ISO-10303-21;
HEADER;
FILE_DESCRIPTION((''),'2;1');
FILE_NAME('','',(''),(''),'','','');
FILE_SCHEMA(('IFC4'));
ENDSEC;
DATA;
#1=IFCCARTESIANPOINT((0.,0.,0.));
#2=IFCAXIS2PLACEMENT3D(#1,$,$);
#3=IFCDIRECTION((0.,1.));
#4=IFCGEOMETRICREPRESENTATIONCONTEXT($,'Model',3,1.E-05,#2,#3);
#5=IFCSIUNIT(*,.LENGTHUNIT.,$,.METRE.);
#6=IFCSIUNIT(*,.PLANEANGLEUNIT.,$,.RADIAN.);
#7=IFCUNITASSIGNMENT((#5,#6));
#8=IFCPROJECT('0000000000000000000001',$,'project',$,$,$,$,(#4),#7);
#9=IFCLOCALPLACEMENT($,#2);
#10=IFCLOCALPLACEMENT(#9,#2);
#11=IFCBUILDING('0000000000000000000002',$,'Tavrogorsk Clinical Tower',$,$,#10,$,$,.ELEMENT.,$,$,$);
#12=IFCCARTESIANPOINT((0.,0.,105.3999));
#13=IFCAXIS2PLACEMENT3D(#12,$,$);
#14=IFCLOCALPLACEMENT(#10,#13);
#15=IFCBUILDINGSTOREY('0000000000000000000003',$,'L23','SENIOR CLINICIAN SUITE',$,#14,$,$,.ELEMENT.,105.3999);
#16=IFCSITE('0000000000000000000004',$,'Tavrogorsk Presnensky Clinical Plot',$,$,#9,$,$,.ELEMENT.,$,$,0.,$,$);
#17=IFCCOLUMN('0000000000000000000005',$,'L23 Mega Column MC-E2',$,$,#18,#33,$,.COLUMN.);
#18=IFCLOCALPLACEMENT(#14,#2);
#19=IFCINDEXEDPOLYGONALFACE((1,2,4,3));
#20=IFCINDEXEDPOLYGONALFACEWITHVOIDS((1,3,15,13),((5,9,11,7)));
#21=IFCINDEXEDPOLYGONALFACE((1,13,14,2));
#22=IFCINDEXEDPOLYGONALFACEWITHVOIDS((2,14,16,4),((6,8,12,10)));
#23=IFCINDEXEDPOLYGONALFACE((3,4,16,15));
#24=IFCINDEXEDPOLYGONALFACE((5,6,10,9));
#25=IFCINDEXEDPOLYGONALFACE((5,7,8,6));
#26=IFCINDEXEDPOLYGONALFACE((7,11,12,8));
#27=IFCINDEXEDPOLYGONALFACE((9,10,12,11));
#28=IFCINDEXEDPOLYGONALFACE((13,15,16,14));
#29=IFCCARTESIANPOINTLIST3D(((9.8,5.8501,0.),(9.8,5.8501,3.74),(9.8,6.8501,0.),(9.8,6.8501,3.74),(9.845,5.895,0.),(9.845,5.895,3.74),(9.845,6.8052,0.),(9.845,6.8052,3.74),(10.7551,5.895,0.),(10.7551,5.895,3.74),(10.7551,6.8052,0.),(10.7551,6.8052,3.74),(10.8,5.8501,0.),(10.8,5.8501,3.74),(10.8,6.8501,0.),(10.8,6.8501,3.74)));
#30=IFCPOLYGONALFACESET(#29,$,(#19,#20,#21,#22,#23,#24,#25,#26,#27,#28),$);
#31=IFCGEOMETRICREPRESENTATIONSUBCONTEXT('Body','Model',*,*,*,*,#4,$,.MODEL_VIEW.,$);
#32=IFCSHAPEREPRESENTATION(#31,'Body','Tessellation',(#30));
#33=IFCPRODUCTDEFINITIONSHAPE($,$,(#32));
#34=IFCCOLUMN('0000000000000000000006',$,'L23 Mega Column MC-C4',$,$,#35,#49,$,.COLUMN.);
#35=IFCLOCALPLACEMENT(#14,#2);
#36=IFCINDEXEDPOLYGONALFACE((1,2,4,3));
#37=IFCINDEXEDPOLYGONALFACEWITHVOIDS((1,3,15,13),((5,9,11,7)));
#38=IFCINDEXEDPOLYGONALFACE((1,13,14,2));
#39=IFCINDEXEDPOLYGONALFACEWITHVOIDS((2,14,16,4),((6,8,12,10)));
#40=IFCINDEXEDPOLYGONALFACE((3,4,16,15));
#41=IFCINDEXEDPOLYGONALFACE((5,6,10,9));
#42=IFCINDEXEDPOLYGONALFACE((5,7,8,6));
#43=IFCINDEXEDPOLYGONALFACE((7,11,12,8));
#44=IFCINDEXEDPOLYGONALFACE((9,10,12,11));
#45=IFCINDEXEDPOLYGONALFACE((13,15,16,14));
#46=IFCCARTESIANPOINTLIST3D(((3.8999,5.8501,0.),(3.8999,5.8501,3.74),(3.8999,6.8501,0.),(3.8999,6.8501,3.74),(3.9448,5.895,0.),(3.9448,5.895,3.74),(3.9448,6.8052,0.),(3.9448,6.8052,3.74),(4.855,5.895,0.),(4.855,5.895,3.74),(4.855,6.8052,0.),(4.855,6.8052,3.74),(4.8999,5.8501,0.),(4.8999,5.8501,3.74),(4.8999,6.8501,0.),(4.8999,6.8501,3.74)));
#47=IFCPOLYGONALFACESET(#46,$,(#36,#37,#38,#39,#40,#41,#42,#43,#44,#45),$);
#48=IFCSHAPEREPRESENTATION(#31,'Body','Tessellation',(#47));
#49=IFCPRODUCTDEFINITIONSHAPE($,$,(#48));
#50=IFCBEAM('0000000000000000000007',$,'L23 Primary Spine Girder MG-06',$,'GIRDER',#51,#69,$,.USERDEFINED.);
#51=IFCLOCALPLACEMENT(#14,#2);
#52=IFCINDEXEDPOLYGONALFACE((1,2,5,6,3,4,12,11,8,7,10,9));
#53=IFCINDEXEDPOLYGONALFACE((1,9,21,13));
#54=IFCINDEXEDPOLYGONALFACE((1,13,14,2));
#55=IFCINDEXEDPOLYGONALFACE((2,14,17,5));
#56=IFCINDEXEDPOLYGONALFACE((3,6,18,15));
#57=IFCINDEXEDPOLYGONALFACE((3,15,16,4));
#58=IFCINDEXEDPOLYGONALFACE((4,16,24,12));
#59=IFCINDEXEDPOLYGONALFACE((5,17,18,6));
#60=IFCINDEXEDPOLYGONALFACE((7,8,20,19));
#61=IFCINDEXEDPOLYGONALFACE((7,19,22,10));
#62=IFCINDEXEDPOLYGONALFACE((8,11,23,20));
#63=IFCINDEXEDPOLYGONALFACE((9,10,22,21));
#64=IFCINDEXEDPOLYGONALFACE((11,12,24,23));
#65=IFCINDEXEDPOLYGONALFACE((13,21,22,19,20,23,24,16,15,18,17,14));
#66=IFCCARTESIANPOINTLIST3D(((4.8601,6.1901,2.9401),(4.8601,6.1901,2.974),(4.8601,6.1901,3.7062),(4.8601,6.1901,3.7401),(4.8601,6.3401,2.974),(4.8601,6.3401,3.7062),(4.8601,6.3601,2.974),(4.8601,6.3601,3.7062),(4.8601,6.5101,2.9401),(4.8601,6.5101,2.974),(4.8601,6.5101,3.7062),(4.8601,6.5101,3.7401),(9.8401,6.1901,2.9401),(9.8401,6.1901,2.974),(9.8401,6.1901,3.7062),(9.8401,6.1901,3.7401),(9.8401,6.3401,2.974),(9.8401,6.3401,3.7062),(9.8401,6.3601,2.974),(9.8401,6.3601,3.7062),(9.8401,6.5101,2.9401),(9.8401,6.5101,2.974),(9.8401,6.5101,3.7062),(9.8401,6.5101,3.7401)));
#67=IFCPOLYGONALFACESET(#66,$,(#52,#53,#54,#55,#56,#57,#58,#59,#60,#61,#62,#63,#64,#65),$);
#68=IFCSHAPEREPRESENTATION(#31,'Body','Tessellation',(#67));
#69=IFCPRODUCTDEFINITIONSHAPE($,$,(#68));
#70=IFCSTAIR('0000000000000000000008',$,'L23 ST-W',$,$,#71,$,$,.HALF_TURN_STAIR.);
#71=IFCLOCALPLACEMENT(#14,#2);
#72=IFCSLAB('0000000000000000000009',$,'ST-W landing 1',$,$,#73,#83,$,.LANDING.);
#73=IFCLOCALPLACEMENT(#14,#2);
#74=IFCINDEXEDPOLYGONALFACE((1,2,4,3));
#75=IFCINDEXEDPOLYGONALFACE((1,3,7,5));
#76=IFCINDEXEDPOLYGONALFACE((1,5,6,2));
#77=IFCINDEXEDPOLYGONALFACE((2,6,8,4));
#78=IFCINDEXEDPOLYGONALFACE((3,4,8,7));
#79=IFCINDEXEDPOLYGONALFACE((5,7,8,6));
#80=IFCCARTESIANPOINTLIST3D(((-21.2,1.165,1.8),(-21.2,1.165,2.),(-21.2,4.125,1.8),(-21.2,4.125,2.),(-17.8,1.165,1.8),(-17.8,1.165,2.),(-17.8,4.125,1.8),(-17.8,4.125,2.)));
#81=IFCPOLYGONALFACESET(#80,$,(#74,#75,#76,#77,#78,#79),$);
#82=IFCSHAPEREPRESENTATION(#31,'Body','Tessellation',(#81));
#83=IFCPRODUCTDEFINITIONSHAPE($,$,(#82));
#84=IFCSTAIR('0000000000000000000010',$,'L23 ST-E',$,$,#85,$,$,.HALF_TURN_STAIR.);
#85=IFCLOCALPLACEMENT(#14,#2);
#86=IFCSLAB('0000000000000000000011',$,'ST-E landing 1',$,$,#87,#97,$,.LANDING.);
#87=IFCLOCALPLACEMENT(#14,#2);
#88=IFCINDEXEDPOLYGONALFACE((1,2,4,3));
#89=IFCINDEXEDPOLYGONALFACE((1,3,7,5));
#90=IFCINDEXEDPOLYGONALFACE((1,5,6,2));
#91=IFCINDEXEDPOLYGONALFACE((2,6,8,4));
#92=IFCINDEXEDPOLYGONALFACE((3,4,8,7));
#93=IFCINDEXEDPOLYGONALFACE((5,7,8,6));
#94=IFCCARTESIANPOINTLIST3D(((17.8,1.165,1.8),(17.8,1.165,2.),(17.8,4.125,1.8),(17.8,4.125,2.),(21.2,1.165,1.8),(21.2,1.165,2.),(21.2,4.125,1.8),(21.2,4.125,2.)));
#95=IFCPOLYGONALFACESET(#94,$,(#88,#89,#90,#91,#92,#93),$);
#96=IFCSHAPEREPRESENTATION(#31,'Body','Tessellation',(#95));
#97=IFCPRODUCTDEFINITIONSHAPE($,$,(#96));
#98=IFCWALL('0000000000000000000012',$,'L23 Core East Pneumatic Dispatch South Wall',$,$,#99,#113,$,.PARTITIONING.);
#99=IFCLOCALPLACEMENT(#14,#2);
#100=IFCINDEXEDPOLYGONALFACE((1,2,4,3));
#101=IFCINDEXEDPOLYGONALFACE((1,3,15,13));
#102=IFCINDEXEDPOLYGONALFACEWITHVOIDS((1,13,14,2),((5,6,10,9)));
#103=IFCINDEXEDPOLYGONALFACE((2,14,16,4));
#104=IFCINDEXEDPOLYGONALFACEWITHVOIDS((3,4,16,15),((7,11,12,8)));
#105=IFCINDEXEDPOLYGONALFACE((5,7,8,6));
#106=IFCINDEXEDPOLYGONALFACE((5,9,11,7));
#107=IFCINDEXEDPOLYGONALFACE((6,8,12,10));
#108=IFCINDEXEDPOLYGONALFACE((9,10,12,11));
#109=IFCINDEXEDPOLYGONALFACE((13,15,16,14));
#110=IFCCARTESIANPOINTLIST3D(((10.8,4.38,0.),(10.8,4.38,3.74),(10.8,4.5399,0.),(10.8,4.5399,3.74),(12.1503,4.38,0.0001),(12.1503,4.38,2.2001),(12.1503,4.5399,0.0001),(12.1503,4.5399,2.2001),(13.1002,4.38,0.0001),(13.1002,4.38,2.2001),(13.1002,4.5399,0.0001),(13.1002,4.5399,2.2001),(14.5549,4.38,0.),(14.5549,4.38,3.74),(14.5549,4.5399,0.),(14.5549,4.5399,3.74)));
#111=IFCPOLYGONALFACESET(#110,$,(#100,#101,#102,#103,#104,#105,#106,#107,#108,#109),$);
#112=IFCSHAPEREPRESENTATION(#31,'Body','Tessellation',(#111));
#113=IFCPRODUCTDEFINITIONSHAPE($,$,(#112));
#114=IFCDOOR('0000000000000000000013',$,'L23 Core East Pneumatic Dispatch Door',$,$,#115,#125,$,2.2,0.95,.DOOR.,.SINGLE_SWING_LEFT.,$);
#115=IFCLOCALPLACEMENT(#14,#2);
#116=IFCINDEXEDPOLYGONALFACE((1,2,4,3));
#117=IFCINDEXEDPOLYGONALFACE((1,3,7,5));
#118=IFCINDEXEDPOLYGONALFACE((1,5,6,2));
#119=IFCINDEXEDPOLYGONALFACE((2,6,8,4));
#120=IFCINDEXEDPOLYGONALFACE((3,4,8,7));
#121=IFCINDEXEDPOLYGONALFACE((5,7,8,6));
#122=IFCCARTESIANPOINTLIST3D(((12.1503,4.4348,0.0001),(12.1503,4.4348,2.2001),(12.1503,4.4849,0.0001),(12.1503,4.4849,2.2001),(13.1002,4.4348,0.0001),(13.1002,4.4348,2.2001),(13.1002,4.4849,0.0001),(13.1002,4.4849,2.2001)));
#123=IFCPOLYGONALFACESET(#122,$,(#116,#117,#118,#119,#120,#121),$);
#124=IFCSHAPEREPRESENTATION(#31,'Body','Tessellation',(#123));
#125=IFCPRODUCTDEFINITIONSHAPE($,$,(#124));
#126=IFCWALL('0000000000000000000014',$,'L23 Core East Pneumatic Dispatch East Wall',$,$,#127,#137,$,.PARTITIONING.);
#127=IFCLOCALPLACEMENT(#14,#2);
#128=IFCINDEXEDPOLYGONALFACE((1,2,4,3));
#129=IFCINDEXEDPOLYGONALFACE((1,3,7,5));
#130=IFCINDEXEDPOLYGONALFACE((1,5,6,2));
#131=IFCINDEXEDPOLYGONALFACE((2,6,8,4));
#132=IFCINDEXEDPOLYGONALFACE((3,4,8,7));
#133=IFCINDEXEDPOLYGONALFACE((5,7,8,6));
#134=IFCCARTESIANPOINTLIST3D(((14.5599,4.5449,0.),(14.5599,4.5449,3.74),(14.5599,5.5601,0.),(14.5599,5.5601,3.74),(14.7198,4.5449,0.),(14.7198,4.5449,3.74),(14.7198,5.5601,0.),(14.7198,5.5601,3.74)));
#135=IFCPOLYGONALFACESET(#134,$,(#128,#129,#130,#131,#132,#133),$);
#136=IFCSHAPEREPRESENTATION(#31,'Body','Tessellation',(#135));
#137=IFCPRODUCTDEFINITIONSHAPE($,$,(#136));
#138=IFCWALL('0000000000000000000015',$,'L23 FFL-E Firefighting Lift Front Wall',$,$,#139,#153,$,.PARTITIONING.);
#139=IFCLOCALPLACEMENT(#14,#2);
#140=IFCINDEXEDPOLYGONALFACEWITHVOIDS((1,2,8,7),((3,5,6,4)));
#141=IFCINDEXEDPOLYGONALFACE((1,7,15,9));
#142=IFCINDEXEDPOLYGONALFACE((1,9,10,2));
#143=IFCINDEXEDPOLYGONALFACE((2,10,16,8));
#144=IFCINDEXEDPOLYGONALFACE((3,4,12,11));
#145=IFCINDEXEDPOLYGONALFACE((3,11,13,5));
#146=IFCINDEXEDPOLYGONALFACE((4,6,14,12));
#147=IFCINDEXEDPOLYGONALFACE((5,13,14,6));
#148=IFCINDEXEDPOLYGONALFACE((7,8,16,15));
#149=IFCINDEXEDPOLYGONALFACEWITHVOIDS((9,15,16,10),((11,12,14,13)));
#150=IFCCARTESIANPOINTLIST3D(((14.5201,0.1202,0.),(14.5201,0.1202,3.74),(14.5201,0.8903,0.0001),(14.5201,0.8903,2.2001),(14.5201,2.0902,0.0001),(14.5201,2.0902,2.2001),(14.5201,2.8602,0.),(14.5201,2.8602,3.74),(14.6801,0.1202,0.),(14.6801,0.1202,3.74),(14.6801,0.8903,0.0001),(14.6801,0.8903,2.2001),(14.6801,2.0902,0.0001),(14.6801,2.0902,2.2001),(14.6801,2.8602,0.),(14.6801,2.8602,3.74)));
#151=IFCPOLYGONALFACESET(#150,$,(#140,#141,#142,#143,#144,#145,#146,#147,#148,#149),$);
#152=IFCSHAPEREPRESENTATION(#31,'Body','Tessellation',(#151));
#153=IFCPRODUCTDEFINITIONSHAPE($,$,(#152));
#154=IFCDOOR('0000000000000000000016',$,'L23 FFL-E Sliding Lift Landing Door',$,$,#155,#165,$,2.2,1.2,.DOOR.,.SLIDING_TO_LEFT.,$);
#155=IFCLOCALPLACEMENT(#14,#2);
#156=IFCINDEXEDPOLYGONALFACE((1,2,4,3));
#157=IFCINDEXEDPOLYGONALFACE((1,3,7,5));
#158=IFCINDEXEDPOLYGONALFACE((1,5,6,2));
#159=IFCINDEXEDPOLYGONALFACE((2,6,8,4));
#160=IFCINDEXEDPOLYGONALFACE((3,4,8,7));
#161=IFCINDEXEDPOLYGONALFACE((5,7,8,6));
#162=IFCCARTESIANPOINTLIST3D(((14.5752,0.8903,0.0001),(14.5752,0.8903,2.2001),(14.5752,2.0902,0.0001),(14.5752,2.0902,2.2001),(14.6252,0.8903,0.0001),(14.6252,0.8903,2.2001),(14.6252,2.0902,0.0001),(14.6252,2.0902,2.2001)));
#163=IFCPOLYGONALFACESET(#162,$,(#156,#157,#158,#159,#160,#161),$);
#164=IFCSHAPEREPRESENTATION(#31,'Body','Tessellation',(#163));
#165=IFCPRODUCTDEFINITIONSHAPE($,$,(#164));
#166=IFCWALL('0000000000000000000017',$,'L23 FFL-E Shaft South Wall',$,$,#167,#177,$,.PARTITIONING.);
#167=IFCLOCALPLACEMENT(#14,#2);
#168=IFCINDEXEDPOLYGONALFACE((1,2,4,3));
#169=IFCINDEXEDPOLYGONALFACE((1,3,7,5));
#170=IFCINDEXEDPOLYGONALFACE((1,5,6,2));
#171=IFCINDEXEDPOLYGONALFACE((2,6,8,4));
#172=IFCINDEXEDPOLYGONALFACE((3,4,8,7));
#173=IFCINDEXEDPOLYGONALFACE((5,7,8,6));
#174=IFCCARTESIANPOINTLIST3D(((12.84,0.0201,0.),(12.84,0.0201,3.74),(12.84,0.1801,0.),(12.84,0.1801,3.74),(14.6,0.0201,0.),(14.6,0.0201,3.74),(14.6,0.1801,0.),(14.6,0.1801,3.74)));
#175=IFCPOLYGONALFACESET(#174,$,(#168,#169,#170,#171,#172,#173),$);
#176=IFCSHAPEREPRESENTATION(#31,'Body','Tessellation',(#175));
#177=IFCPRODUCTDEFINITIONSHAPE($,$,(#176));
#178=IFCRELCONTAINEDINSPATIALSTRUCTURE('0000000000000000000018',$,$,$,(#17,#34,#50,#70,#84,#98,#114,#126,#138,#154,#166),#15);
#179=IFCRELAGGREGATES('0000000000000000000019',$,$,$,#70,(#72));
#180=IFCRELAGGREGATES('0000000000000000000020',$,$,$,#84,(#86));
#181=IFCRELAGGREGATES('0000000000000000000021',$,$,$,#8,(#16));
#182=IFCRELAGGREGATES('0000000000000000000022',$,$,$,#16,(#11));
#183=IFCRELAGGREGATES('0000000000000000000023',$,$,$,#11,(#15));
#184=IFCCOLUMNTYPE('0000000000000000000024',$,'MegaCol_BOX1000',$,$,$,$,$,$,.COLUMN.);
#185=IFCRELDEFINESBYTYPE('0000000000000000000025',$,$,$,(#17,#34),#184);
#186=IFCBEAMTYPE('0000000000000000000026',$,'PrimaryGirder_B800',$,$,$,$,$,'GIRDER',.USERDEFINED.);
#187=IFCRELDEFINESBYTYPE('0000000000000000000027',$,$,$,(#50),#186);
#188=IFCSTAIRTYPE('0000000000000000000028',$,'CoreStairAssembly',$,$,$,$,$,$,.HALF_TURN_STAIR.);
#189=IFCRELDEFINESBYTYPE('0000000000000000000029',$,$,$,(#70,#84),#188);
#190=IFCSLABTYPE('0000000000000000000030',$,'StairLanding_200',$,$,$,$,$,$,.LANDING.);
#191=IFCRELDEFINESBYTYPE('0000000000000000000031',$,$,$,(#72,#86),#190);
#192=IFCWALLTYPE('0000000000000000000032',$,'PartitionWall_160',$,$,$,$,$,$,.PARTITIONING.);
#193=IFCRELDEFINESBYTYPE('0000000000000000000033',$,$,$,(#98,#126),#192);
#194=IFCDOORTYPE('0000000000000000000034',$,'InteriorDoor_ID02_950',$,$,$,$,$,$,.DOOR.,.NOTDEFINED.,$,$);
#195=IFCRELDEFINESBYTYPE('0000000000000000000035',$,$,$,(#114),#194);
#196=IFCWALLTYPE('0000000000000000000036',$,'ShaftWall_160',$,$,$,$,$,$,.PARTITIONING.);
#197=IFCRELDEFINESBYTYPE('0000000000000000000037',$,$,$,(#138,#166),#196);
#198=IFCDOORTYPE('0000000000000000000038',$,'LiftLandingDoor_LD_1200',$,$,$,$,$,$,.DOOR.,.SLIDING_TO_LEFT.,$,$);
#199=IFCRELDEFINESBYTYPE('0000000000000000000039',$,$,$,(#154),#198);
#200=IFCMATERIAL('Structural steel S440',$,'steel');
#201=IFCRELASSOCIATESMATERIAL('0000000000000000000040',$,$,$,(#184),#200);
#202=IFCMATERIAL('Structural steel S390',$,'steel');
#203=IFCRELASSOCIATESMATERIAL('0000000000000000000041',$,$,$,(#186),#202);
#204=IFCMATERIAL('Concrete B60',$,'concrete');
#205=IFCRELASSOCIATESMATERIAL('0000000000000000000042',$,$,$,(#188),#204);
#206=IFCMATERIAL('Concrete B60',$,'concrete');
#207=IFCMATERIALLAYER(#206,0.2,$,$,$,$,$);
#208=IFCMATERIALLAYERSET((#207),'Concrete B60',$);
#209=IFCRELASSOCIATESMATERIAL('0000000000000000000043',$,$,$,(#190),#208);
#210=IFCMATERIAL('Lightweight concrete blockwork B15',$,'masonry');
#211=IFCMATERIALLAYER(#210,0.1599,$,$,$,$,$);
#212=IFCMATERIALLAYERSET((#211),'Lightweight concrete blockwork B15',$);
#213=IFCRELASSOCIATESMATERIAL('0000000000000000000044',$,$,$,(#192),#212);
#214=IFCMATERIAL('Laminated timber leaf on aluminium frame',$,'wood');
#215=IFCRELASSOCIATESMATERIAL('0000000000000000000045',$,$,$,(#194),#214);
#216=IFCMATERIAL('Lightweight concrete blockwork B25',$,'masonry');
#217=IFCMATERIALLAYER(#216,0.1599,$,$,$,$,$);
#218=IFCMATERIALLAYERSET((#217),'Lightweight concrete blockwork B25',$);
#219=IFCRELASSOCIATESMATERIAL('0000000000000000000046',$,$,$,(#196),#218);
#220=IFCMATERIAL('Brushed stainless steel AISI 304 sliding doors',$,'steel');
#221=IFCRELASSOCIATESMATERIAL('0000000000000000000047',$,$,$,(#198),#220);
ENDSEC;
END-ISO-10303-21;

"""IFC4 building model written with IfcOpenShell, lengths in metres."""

from ifc_helpers import new_model, si_unit, direction, frame, frame_2d, origin, origin_2d, place, context, subcontext, project, spatial, polyline, rectangle, hollow_rectangle, i_section, outline, extrude, material, layer, layer_set, material_profile, profile_set, type_object, element, fill, aggregate, save


model = new_model("IFC4")

# Units and contexts
model_context = context("Model", 3, precision=1e-05, world=origin(), true_north=direction((0.0, 1.0)))
body_context = subcontext(model_context, "Body", "Model", "MODEL_VIEW")
ifc_project = project(units=[si_unit("LENGTHUNIT", "METRE"), si_unit("PLANEANGLEUNIT", "RADIAN")], contexts=[model_context])

# Site, building, storey
site_placement = place(None, origin())
site = spatial("IfcSite", under=ifc_project, at=site_placement, Name="Tavrogorsk Presnensky Clinical Plot", CompositionType="ELEMENT", RefElevation=0.0)
building_placement = place(site_placement, origin())
building = spatial("IfcBuilding", under=site, at=building_placement, Name="Tavrogorsk Clinical Tower", CompositionType="ELEMENT")
storey_placement = place(building_placement, frame((0.0, 0.0, 105.3999)))
storey = spatial("IfcBuildingStorey", under=building, at=storey_placement, Name="L23", Description="SENIOR CLINICIAN SUITE", CompositionType="ELEMENT", Elevation=105.3999)

# Columns
ifc_material_1 = material(Name="Structural steel S440", Category="steel")
ifc_material_profile_1 = material_profile(ifc_material_1, hollow_rectangle(XDim=1.0, YDim=1.0, WallThickness=0.0449, at=origin_2d()), Name="BOX-1000x1000x45")
ifc_profile_set_1 = profile_set([ifc_material_profile_1], Name="Structural steel S440")
column_type = type_object("IfcColumnType", Name="MegaCol_BOX1000", PredefinedType="COLUMN", material=ifc_profile_set_1)
for number, where, z_axis, x_axis, name in (
    (1, (10.3, 6.3501, 0.0), (0.0, 0.0, 1.0), (1.0, 0.0, 0.0), "L23 Mega Column MC-E2"),
    (2, (4.3999, 6.3501, 0.0), (0.0, 0.0, 1.0), (1.0, 0.0, 0.0), "L23 Mega Column MC-C4"),
):
    element("IfcColumn", number, at=place(storey_placement, frame(where, z_axis=z_axis, x_axis=x_axis)), inside=storey, type_object=column_type, Name=name, PredefinedType="COLUMN", context=body_context, shape_type="SweptSolid", body=[
        extrude(hollow_rectangle(XDim=1.0, YDim=1.0, WallThickness=0.0449, at=origin_2d()), origin(), (0.0, 0.0, 1.0), 3.74),
    ])

# Beam
ifc_material_2 = material(Name="Structural steel S390", Category="steel")
ifc_material_profile_2 = material_profile(ifc_material_2, i_section(OverallWidth=0.3201, OverallDepth=0.8, WebThickness=0.02, FlangeThickness=0.0339, at=origin_2d()), Name="B-800x320x20x34")
ifc_profile_set_2 = profile_set([ifc_material_profile_2], Name="Structural steel S390")
beam_type = type_object("IfcBeamType", Name="PrimaryGirder_B800", ElementType="GIRDER", PredefinedType="USERDEFINED", material=ifc_profile_set_2)
beam_placement = place(storey_placement, frame((4.8601, 6.3501, 3.3401), z_axis=(1.0, 0.0, 0.0), x_axis=(0.0, 1.0, 0.0)))
element("IfcBeam", 3, at=beam_placement, inside=storey, type_object=beam_type, Name="L23 Primary Spine Girder MG-06", ObjectType="GIRDER", PredefinedType="USERDEFINED", context=body_context, shape_type="SweptSolid", body=[
    extrude(i_section(OverallWidth=0.3201, OverallDepth=0.8, WebThickness=0.02, FlangeThickness=0.0339, at=origin_2d()), origin(), (0.0, 0.0, 1.0), 4.98),
])

# Stairs, slabs
ifc_material_3 = material(Name="Concrete B60", Category="concrete")
stair_type = type_object("IfcStairType", Name="CoreStairAssembly", PredefinedType="HALF_TURN_STAIR", material=ifc_material_3)
stair_1_placement = place(storey_placement, origin())
stair_1 = element("IfcStair", 4, at=stair_1_placement, inside=storey, type_object=stair_type, Name="L23 ST-W", PredefinedType="HALF_TURN_STAIR")
ifc_material_4 = material(Name="Concrete B60", Category="concrete")
ifc_layer_1 = layer(ifc_material_4, 0.2)
ifc_layer_set_1 = layer_set([ifc_layer_1], Name="Concrete B60")
slab_type = type_object("IfcSlabType", Name="StairLanding_200", PredefinedType="LANDING", material=ifc_layer_set_1)
slab_1_placement = place(storey_placement, frame((0.0, 0.0, 1.8)))
slab_1 = element("IfcSlab", 5, at=slab_1_placement, type_object=slab_type, Name="ST-W landing 1", PredefinedType="LANDING", context=body_context, shape_type="SweptSolid", body=[
    extrude(outline(polyline([(-17.8, 1.165), (-17.8, 4.125), (-21.2, 4.125), (-21.2, 1.165), (-17.8, 1.165)])), origin(), (0.0, 0.0, 1.0), 0.2),
])
aggregate(stair_1, [slab_1])
stair_2_placement = place(storey_placement, origin())
stair_2 = element("IfcStair", 6, at=stair_2_placement, inside=storey, type_object=stair_type, Name="L23 ST-E", PredefinedType="HALF_TURN_STAIR")
slab_2_placement = place(storey_placement, frame((0.0, 0.0, 1.8)))
slab_2 = element("IfcSlab", 7, at=slab_2_placement, type_object=slab_type, Name="ST-E landing 1", PredefinedType="LANDING", context=body_context, shape_type="SweptSolid", body=[
    extrude(outline(polyline([(21.2, 1.165), (21.2, 4.125), (17.8, 4.125), (17.8, 1.165), (21.2, 1.165)])), origin(), (0.0, 0.0, 1.0), 0.2),
])
aggregate(stair_2, [slab_2])

# Wall, opening, door
ifc_material_5 = material(Name="Lightweight concrete blockwork B15", Category="masonry")
ifc_layer_2 = layer(ifc_material_5, 0.1599)
ifc_layer_set_2 = layer_set([ifc_layer_2], Name="Lightweight concrete blockwork B15")
wall_type_1 = type_object("IfcWallType", Name="PartitionWall_160", PredefinedType="PARTITIONING", material=ifc_layer_set_2)
wall_1_placement = place(storey_placement, frame((10.8, 4.46, 0.0), z_axis=(0.0, 0.0, 1.0), x_axis=(1.0, 0.0, 0.0)))
wall_1 = element("IfcWall", 8, at=wall_1_placement, inside=storey, type_object=wall_type_1, Name="L23 Core East Pneumatic Dispatch South Wall", PredefinedType="PARTITIONING", context=body_context, shape_type="SweptSolid", body=[
    extrude(rectangle(XDim=3.7549, YDim=0.1599, at=frame_2d((1.8774, 0.0))), origin(), (0.0, 0.0, 1.0), 3.74),
])
opening_1_placement = place(wall_1_placement, frame((1.3501, 0.0, 0.0)))
opening_1 = element("IfcOpeningElement", 9, at=opening_1_placement, cuts=wall_1, PredefinedType="OPENING", context=body_context, shape_type="SweptSolid", body=[
    extrude(rectangle(XDim=0.95, YDim=2.2, at=frame_2d((0.4751, 1.1001))), frame((0.0, 0.0898, 0.0), z_axis=(0.0, -1.0, 0.0), x_axis=(1.0, 0.0, 0.0)), (0.0, 0.0, 1.0), 0.1799),
])
ifc_material_6 = material(Name="Laminated timber leaf on aluminium frame", Category="wood")
door_type_1 = type_object("IfcDoorType", Name="InteriorDoor_ID02_950", OperationType="NOTDEFINED", PredefinedType="DOOR", material=ifc_material_6)
door_1_placement = place(opening_1_placement, origin())
door_1 = element("IfcDoor", 10, at=door_1_placement, inside=storey, type_object=door_type_1, Name="L23 Core East Pneumatic Dispatch Door", OperationType="SINGLE_SWING_LEFT", OverallHeight=2.2, OverallWidth=0.95, PredefinedType="DOOR", context=body_context, shape_type="SweptSolid", body=[
    extrude(rectangle(XDim=0.95, YDim=2.2, at=frame_2d((0.4751, 1.1001))), frame((0.0, 0.0249, 0.0), z_axis=(0.0, -1.0, 0.0), x_axis=(1.0, 0.0, 0.0)), (0.0, 0.0, 1.0), 0.05),
])
fill(opening_1, door_1)

# Wall
wall_2_placement = place(storey_placement, frame((14.6399, 4.5449, 0.0), z_axis=(0.0, 0.0, 1.0), x_axis=(0.0, 1.0, 0.0)))
element("IfcWall", 11, at=wall_2_placement, inside=storey, type_object=wall_type_1, Name="L23 Core East Pneumatic Dispatch East Wall", PredefinedType="PARTITIONING", context=body_context, shape_type="SweptSolid", body=[
    extrude(rectangle(XDim=1.0151, YDim=0.1599, at=frame_2d((0.5076, 0.0))), origin(), (0.0, 0.0, 1.0), 3.74),
])

# Wall, opening, door
ifc_material_7 = material(Name="Lightweight concrete blockwork B25", Category="masonry")
ifc_layer_3 = layer(ifc_material_7, 0.1599)
ifc_layer_set_3 = layer_set([ifc_layer_3], Name="Lightweight concrete blockwork B25")
wall_type_2 = type_object("IfcWallType", Name="ShaftWall_160", PredefinedType="PARTITIONING", material=ifc_layer_set_3)
wall_3_placement = place(storey_placement, frame((14.6001, 0.1201, 0.0), z_axis=(0.0, 0.0, 1.0), x_axis=(0.0, 1.0, 0.0)))
wall_3 = element("IfcWall", 12, at=wall_3_placement, inside=storey, type_object=wall_type_2, Name="L23 FFL-E Firefighting Lift Front Wall", PredefinedType="PARTITIONING", context=body_context, shape_type="SweptSolid", body=[
    extrude(rectangle(XDim=2.74, YDim=0.1599, at=frame_2d((1.3701, 0.0))), origin(), (0.0, 0.0, 1.0), 3.74),
])
opening_2_placement = place(wall_3_placement, frame((0.77, 0.0, 0.0)))
opening_2 = element("IfcOpeningElement", 13, at=opening_2_placement, cuts=wall_3, PredefinedType="OPENING", context=body_context, shape_type="SweptSolid", body=[
    extrude(rectangle(XDim=1.2, YDim=2.2, at=frame_2d((0.6001, 1.1001))), frame((0.0, 0.0898, 0.0), z_axis=(0.0, -1.0, 0.0), x_axis=(1.0, 0.0, 0.0)), (0.0, 0.0, 1.0), 0.1799),
])
ifc_material_8 = material(Name="Brushed stainless steel AISI 304 sliding doors", Category="steel")
door_type_2 = type_object("IfcDoorType", Name="LiftLandingDoor_LD_1200", OperationType="SLIDING_TO_LEFT", PredefinedType="DOOR", material=ifc_material_8)
door_2_placement = place(opening_2_placement, origin())
door_2 = element("IfcDoor", 14, at=door_2_placement, inside=storey, type_object=door_type_2, Name="L23 FFL-E Sliding Lift Landing Door", OperationType="SLIDING_TO_LEFT", OverallHeight=2.2, OverallWidth=1.2, PredefinedType="DOOR", context=body_context, shape_type="SweptSolid", body=[
    extrude(rectangle(XDim=1.2, YDim=2.2, at=frame_2d((0.6001, 1.1001))), frame((0.0, 0.0249, 0.0), z_axis=(0.0, -1.0, 0.0), x_axis=(1.0, 0.0, 0.0)), (0.0, 0.0, 1.0), 0.05),
])
fill(opening_2, door_2)

# Wall
for number, where, z_axis, x_axis, name in (
    (15, (12.8401, 0.1001, 0.0), (0.0, 0.0, 1.0), (1.0, 0.0, 0.0), "L23 FFL-E Shaft South Wall"),
):
    element("IfcWall", number, at=place(storey_placement, frame(where, z_axis=z_axis, x_axis=x_axis)), inside=storey, type_object=wall_type_2, Name=name, PredefinedType="PARTITIONING", context=body_context, shape_type="SweptSolid", body=[
        extrude(rectangle(XDim=1.76, YDim=0.1599, at=frame_2d((0.8799, 0.0))), origin(), (0.0, 0.0, 1.0), 3.74),
    ])

save(model, "model.ifc")
